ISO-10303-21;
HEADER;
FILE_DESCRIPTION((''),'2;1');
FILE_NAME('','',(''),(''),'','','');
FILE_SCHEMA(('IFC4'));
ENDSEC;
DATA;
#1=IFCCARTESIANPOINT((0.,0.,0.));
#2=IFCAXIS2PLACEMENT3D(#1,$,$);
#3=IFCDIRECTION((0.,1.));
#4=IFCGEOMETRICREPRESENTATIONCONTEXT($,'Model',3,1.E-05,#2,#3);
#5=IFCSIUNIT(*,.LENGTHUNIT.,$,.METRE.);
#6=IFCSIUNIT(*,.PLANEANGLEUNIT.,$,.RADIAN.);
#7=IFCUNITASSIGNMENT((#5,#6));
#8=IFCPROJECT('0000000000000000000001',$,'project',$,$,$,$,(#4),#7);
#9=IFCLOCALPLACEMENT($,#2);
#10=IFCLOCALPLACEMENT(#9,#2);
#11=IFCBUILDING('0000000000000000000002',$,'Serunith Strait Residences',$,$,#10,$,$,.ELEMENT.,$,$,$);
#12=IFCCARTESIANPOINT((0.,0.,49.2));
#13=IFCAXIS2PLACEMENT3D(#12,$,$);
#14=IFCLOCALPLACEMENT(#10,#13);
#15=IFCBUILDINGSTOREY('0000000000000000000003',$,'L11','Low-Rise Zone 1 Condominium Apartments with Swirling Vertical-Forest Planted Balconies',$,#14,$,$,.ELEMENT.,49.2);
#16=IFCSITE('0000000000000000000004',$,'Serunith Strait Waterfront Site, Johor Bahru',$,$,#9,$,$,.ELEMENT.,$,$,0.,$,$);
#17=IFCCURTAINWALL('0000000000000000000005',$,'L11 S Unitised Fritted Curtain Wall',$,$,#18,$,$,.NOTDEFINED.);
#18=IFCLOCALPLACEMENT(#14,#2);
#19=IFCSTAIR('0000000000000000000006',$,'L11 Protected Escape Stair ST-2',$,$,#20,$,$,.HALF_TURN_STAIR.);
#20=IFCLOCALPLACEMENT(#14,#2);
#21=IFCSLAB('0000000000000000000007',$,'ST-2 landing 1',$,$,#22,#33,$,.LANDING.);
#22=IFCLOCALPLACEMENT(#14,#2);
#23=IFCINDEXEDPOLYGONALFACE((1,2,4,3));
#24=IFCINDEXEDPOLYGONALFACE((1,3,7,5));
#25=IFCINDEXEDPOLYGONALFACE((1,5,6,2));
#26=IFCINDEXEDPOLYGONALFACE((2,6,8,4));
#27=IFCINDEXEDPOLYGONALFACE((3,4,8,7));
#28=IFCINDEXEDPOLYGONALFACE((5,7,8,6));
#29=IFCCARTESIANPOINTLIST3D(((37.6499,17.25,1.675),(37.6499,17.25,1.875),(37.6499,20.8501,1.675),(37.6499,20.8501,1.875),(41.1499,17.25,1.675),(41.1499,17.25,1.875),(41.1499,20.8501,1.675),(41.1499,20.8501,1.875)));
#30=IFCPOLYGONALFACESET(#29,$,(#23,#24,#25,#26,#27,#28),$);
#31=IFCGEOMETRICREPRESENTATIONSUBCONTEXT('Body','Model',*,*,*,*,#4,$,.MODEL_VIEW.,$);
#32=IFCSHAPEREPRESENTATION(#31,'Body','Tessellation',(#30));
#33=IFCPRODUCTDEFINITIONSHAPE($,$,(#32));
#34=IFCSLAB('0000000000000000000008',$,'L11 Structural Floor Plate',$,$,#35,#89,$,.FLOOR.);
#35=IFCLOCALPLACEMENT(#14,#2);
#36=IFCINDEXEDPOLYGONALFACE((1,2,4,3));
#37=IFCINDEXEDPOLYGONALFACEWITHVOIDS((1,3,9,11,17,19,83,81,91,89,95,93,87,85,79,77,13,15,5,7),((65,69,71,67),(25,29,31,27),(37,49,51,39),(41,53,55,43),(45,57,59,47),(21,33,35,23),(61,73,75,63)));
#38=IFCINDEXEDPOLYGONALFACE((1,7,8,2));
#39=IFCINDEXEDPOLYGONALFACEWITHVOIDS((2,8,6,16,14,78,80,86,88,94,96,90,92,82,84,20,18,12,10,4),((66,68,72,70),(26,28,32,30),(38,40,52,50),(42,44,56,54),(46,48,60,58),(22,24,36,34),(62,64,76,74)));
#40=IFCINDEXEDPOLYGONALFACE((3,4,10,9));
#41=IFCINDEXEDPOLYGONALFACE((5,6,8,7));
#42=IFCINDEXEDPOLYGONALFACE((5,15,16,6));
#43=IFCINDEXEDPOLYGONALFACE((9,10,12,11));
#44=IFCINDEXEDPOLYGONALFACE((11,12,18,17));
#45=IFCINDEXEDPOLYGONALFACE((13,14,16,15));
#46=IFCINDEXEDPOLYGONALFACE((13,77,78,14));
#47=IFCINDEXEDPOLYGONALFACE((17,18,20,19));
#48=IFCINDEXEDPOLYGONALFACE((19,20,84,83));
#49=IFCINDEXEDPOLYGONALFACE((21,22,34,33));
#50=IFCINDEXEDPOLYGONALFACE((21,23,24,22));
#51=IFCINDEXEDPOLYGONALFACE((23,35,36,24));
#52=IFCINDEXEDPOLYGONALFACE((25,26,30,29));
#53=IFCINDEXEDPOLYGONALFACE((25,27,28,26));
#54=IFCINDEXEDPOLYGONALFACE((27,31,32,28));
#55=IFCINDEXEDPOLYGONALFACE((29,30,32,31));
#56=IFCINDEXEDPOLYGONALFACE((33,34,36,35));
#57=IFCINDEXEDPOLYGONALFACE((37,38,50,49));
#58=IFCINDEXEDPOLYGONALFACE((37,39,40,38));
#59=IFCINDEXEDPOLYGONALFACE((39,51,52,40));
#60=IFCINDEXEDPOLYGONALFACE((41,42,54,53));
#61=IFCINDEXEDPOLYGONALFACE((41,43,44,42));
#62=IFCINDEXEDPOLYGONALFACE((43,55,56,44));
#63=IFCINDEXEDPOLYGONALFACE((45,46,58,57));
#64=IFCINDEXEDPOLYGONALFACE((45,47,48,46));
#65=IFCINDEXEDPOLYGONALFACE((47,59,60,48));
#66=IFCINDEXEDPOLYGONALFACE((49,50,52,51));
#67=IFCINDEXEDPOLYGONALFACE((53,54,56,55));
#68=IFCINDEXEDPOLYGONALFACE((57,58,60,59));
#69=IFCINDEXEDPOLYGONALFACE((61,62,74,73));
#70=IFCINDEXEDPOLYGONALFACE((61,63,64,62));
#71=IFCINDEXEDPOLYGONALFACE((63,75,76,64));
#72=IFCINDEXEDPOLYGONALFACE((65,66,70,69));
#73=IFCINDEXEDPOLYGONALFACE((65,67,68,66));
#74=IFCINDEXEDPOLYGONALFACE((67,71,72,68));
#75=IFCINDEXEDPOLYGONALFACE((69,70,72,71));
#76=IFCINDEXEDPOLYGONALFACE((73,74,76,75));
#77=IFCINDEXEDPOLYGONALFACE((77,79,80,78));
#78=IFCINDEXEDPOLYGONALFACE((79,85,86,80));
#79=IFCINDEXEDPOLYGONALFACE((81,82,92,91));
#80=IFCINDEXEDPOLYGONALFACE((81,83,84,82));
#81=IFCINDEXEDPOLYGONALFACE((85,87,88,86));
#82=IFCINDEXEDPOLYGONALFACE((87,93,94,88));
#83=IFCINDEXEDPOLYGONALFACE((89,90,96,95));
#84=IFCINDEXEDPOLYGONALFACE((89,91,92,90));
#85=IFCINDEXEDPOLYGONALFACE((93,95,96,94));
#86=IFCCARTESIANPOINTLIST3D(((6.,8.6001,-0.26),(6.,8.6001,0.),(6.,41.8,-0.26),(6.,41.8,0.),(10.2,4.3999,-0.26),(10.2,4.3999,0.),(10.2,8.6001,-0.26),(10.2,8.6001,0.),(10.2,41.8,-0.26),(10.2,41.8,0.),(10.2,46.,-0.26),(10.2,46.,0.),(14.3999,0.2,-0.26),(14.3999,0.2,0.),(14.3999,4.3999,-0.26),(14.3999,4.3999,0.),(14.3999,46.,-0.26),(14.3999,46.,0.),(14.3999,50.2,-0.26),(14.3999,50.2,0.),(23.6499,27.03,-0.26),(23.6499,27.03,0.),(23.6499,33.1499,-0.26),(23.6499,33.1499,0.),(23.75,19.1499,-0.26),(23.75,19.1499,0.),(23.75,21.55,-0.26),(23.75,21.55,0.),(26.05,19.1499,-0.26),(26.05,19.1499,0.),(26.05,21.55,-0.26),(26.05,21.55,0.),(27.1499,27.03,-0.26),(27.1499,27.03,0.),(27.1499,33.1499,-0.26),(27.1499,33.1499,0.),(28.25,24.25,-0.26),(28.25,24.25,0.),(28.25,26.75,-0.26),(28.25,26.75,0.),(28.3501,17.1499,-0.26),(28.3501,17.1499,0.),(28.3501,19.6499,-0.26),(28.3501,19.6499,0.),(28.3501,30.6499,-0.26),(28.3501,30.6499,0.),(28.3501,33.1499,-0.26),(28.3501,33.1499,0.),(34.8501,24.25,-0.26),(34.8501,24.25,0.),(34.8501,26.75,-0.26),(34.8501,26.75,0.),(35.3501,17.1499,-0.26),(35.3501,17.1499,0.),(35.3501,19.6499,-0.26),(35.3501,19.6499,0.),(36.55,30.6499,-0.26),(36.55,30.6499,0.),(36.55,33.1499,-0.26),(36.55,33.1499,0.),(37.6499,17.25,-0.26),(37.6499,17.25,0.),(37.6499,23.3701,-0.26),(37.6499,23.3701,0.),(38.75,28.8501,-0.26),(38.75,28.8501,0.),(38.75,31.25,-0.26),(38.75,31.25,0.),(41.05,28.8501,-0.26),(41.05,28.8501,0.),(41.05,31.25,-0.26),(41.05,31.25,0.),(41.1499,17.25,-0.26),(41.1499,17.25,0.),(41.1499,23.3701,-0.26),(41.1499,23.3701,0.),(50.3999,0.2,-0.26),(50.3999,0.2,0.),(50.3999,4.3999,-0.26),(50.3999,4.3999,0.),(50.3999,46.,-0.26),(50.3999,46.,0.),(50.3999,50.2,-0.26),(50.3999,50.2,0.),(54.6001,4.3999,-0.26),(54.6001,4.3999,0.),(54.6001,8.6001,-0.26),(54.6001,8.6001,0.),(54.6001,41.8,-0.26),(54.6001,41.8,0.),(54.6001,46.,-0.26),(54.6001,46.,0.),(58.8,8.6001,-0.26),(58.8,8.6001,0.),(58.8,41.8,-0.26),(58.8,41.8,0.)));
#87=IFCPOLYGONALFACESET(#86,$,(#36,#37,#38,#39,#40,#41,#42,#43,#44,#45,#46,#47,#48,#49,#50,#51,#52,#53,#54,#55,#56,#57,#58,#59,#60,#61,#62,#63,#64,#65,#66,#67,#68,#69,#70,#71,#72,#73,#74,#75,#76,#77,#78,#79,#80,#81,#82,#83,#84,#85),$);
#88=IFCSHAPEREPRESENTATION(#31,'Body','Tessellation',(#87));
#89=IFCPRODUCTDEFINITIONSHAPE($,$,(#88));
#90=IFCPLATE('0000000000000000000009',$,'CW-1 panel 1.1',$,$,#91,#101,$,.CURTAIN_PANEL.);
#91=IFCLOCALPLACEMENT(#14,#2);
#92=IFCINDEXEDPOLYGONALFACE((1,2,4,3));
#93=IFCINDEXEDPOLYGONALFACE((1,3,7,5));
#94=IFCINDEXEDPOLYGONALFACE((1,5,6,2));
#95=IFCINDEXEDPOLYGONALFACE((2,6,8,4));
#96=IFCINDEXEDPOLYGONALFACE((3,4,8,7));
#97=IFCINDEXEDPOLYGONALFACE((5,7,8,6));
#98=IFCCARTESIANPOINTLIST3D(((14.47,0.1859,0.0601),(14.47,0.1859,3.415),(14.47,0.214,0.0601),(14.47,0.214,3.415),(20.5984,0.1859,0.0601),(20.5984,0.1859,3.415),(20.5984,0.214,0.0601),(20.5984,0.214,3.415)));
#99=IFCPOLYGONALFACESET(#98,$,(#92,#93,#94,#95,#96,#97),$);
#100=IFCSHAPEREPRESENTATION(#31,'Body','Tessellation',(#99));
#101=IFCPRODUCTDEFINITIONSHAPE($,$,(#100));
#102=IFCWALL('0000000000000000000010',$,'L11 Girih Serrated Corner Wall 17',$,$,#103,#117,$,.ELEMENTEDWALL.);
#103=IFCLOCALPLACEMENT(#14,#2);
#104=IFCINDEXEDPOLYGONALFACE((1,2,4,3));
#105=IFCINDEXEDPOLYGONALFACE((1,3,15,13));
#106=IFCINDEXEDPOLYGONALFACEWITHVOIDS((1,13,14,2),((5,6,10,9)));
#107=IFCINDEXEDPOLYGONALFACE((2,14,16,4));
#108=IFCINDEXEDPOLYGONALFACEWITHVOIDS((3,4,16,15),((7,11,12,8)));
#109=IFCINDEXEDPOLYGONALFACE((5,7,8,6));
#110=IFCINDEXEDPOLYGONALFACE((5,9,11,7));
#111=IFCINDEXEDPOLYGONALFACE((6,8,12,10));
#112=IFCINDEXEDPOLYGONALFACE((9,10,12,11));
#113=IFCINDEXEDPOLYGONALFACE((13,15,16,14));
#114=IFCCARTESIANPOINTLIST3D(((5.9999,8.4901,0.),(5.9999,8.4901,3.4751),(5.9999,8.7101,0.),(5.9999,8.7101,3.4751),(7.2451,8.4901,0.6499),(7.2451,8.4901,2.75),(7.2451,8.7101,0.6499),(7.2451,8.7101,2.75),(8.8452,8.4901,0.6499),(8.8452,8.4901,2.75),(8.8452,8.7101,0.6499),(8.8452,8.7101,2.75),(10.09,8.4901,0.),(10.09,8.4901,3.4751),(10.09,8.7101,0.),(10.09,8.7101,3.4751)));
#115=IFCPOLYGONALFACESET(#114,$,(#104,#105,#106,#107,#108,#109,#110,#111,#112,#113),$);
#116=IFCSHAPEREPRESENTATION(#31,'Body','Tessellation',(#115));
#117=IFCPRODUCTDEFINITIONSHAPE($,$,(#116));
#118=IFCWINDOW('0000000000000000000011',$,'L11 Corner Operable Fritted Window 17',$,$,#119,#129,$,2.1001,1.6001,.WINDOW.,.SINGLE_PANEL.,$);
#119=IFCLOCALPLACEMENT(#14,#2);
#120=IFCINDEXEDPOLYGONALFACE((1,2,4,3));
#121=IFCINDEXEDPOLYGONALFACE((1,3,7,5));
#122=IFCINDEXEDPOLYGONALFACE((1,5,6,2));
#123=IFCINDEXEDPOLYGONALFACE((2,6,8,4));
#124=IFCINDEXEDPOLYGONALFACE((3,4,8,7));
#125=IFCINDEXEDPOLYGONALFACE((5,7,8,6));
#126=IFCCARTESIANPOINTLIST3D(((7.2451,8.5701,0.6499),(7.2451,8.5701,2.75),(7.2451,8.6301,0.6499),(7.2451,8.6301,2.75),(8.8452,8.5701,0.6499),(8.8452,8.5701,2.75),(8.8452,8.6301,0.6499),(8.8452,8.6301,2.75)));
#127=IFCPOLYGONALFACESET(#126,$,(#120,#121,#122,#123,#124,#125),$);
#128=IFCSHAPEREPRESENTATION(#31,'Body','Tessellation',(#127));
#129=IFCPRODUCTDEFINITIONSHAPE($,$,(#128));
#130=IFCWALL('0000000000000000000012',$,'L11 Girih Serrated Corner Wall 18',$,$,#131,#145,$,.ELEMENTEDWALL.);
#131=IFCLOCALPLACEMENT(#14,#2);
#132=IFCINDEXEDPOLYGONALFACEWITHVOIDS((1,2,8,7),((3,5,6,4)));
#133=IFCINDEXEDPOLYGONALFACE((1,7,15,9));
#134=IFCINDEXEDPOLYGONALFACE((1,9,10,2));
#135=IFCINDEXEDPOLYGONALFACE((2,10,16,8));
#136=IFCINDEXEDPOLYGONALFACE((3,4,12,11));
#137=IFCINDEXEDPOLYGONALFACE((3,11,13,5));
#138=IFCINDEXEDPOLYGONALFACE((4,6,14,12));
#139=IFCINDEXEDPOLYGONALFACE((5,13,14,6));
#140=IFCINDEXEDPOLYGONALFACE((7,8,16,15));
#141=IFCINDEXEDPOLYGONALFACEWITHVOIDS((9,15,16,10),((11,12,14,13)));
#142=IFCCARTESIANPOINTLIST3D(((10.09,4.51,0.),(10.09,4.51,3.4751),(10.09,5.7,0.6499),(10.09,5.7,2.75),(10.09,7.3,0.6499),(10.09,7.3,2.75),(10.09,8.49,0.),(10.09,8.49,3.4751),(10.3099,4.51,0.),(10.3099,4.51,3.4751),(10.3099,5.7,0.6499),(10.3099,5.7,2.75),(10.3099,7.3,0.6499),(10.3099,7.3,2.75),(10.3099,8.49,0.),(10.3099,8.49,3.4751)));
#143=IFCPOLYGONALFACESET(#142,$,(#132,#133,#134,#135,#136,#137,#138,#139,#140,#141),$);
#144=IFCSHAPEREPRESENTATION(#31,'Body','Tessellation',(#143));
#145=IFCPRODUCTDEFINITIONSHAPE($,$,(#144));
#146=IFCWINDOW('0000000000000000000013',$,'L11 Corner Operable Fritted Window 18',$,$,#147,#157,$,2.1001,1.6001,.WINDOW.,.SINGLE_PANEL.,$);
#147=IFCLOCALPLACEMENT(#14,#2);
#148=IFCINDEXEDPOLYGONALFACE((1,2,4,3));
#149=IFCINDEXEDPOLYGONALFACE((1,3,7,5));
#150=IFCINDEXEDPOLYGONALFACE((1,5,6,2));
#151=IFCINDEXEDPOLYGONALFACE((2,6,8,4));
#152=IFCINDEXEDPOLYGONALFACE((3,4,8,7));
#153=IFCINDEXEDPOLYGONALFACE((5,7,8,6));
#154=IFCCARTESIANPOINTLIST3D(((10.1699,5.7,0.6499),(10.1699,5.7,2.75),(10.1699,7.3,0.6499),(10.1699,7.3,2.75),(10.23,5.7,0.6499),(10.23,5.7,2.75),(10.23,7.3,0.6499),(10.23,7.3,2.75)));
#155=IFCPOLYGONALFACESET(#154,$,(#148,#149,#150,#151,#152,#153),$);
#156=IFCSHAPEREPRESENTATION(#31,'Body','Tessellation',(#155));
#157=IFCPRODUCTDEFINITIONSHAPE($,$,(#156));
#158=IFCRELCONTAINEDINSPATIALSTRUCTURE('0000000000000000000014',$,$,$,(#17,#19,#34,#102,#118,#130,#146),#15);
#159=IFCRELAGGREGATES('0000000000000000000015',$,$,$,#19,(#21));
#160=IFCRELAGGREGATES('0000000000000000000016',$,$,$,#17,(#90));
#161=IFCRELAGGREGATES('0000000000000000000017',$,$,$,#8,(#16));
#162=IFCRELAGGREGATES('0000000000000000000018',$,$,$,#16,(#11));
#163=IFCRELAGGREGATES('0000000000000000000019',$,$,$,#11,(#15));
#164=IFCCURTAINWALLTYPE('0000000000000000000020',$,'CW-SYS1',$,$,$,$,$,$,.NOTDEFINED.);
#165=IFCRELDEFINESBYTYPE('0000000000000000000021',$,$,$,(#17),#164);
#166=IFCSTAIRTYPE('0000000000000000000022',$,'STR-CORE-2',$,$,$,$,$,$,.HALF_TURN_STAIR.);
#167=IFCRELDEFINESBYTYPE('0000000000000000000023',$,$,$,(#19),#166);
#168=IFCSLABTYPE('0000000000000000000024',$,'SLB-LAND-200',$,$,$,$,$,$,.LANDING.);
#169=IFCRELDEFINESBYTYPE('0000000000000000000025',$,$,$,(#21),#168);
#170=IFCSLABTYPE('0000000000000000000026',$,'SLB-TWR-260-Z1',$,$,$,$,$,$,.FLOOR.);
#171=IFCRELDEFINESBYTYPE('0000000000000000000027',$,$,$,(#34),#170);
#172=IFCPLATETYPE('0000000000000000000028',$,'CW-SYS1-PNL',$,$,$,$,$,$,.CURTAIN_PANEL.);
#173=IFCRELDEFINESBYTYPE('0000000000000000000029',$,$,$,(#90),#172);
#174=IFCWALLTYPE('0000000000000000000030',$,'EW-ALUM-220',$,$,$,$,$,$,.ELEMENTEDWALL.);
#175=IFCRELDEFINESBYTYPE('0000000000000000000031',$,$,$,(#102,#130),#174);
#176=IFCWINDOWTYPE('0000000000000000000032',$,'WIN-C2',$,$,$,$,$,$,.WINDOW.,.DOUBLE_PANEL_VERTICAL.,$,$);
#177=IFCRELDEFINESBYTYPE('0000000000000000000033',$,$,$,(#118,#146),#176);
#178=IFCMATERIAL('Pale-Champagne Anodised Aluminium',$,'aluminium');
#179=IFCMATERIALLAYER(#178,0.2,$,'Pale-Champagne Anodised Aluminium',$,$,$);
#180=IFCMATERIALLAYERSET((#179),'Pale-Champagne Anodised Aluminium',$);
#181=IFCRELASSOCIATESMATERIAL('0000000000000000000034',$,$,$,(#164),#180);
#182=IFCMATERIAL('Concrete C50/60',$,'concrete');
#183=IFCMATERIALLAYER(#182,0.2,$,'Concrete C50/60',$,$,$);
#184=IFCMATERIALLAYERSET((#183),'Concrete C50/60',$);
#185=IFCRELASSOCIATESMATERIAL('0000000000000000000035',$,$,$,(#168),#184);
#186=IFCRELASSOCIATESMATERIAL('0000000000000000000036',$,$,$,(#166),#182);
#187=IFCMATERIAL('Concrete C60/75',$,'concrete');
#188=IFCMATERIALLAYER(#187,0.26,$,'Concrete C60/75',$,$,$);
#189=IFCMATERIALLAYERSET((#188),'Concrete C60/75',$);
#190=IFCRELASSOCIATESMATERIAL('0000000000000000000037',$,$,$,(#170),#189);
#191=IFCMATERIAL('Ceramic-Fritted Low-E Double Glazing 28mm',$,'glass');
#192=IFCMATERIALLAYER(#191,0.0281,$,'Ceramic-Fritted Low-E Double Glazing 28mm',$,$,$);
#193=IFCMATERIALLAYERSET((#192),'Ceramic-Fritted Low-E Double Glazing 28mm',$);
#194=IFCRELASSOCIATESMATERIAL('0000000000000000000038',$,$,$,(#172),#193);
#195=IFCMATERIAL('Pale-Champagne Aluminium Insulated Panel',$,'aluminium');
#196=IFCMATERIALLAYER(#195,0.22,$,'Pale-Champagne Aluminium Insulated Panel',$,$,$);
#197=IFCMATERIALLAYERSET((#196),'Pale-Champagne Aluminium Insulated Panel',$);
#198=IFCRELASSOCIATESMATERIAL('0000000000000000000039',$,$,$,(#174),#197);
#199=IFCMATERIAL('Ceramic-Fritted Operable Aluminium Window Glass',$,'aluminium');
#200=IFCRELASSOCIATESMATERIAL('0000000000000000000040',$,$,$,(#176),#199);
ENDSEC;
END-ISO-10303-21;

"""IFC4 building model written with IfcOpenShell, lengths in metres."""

from ifc_helpers import new_model, si_unit, direction, frame, frame_2d, origin, origin_2d, place, context, subcontext, project, spatial, polyline, rectangle, outline, extrude, source, transform, mapped, material, layer, layer_set, type_object, element, fill, aggregate, save


model = new_model("IFC4")

# Units and contexts
model_context = context("Model", 3, precision=1e-05, world=origin(), true_north=direction((0.0, 1.0)))
body_context = subcontext(model_context, "Body", "Model", "MODEL_VIEW")
ifc_project = project(units=[si_unit("LENGTHUNIT", "METRE"), si_unit("PLANEANGLEUNIT", "RADIAN")], contexts=[model_context])

# Site, building, storey
site_placement = place(None, origin())
site = spatial("IfcSite", under=ifc_project, at=site_placement, Name="Serunith Strait Waterfront Site, Johor Bahru", CompositionType="ELEMENT", RefElevation=0.0)
building_placement = place(site_placement, origin())
building = spatial("IfcBuilding", under=site, at=building_placement, Name="Serunith Strait Residences", CompositionType="ELEMENT")
storey_placement = place(building_placement, frame((0.0, 0.0, 49.2)))
storey = spatial("IfcBuildingStorey", under=building, at=storey_placement, Name="L11", Description="Low-Rise Zone 1 Condominium Apartments with Swirling Vertical-Forest Planted Balconies", CompositionType="ELEMENT", Elevation=49.2)

# Curtain wall
ifc_material_1 = material(Name="Pale-Champagne Anodised Aluminium", Category="aluminium")
ifc_layer_1 = layer(ifc_material_1, 0.2, Name="Pale-Champagne Anodised Aluminium")
ifc_layer_set_1 = layer_set([ifc_layer_1], Name="Pale-Champagne Anodised Aluminium")
curtain_wall_type = type_object("IfcCurtainWallType", Name="CW-SYS1", PredefinedType="NOTDEFINED", material=ifc_layer_set_1)
curtain_wall_1_placement = place(storey_placement, origin())
curtain_wall_1 = element("IfcCurtainWall", 1, at=curtain_wall_1_placement, inside=storey, type_object=curtain_wall_type, Name="L11 S Unitised Fritted Curtain Wall", PredefinedType="NOTDEFINED")

# Shared definitions
ifc_material_2 = material(Name="Concrete C50/60", Category="concrete")

# Stair, slab
ifc_layer_2 = layer(ifc_material_2, 0.2, Name="Concrete C50/60")
ifc_layer_set_2 = layer_set([ifc_layer_2], Name="Concrete C50/60")
slab_type_1 = type_object("IfcSlabType", Name="SLB-LAND-200", PredefinedType="LANDING", material=ifc_layer_set_2)
stair_type_1 = type_object("IfcStairType", Name="STR-CORE-2", PredefinedType="HALF_TURN_STAIR", material=ifc_material_2)
stair_1_placement = place(storey_placement, origin())
stair_1 = element("IfcStair", 2, at=stair_1_placement, inside=storey, type_object=stair_type_1, Name="L11 Protected Escape Stair ST-2", PredefinedType="HALF_TURN_STAIR")
slab_1_placement = place(storey_placement, frame((0.0, 0.0, 1.675)))
slab_1 = element("IfcSlab", 3, at=slab_1_placement, type_object=slab_type_1, Name="ST-2 landing 1", PredefinedType="LANDING", context=body_context, shape_type="SweptSolid", body=[
    extrude(outline(polyline([(37.6499, 20.8501), (37.6499, 17.25), (41.1499, 17.25), (41.1499, 20.8501), (37.6499, 20.8501)])), origin(), (0.0, 0.0, 1.0), 0.2),
])
aggregate(stair_1, [slab_1])

# Slab
ifc_material_3 = material(Name="Concrete C60/75", Category="concrete")
ifc_layer_3 = layer(ifc_material_3, 0.26, Name="Concrete C60/75")
ifc_layer_set_3 = layer_set([ifc_layer_3], Name="Concrete C60/75")
slab_type_2 = type_object("IfcSlabType", Name="SLB-TWR-260-Z1", PredefinedType="FLOOR", material=ifc_layer_set_3)
slab_2_placement = place(storey_placement, frame((0.0, 0.0, -0.26)))
element("IfcSlab", 4, at=slab_2_placement, inside=storey, type_object=slab_type_2, Name="L11 Structural Floor Plate", PredefinedType="FLOOR", context=body_context, shape_type="SweptSolid", body=[
    extrude(outline(polyline([(14.3999, 4.3999), (10.2, 4.3999), (10.2, 8.6001), (6.0, 8.6001), (6.0, 41.8), (10.2, 41.8), (10.2, 46.0), (14.3999, 46.0), (14.3999, 50.2), (50.3999, 50.2), (50.3999, 46.0), (54.6001, 46.0), (54.6001, 41.8), (58.8, 41.8), (58.8, 8.6001), (54.6001, 8.6001), (54.6001, 4.3999), (50.3999, 4.3999), (50.3999, 0.2), (14.3999, 0.2), (14.3999, 4.3999)]), holes=[polyline([(41.1499, 17.25), (41.1499, 23.3701), (37.6499, 23.3701), (37.6499, 17.25), (41.1499, 17.25)]), polyline([(41.05, 31.25), (38.75, 31.25), (38.75, 28.8501), (41.05, 28.8501), (41.05, 31.25)]), polyline([(36.55, 33.1499), (28.3501, 33.1499), (28.3501, 30.6499), (36.55, 30.6499), (36.55, 33.1499)]), polyline([(28.3501, 19.6499), (28.3501, 17.1499), (35.3501, 17.1499), (35.3501, 19.6499), (28.3501, 19.6499)]), polyline([(34.8501, 26.75), (28.25, 26.75), (28.25, 24.25), (34.8501, 24.25), (34.8501, 26.75)]), polyline([(23.6499, 33.1499), (23.6499, 27.03), (27.1499, 27.03), (27.1499, 33.1499), (23.6499, 33.1499)]), polyline([(26.05, 21.55), (23.75, 21.55), (23.75, 19.1499), (26.05, 19.1499), (26.05, 21.55)])]), origin(), (0.0, 0.0, 1.0), 0.26),
])

# Plate
ifc_material_4 = material(Name="Ceramic-Fritted Low-E Double Glazing 28mm", Category="glass")
ifc_layer_4 = layer(ifc_material_4, 0.0281, Name="Ceramic-Fritted Low-E Double Glazing 28mm")
ifc_layer_set_4 = layer_set([ifc_layer_4], Name="Ceramic-Fritted Low-E Double Glazing 28mm")
plate_type = type_object("IfcPlateType", Name="CW-SYS1-PNL", PredefinedType="CURTAIN_PANEL", material=ifc_layer_set_4)
shared_shape_1 = source(origin(), body_context, "Body", "SweptSolid", [
    extrude(rectangle(XDim=6.1284, YDim=0.0281, at=origin_2d()), origin(), (0.0, 0.0, 1.0), 3.355),
])
plate_placement = place(storey_placement, frame((17.5342, 0.2, 0.0601), z_axis=(0.0, 0.0, 1.0), x_axis=(1.0, 0.0, 0.0)))
plate = element("IfcPlate", 5, at=plate_placement, type_object=plate_type, Name="CW-1 panel 1.1", PredefinedType="CURTAIN_PANEL", context=body_context, shape_type="MappedRepresentation", body=[
    mapped(shared_shape_1, transform((0.0, 0.0, 0.0), scale=1.0)),
])
aggregate(curtain_wall_1, [plate])

# Walls, openings, windows
ifc_material_5 = material(Name="Pale-Champagne Aluminium Insulated Panel", Category="aluminium")
ifc_layer_5 = layer(ifc_material_5, 0.22, Name="Pale-Champagne Aluminium Insulated Panel")
ifc_layer_set_5 = layer_set([ifc_layer_5], Name="Pale-Champagne Aluminium Insulated Panel")
wall_type_1 = type_object("IfcWallType", Name="EW-ALUM-220", PredefinedType="ELEMENTEDWALL", material=ifc_layer_set_5)
wall_1_placement = place(storey_placement, frame((6.0, 8.6001, 0.0), z_axis=(0.0, 0.0, 1.0), x_axis=(1.0, 0.0, 0.0)))
wall_1 = element("IfcWall", 6, at=wall_1_placement, inside=storey, type_object=wall_type_1, Name="L11 Girih Serrated Corner Wall 17", PredefinedType="ELEMENTEDWALL", context=body_context, shape_type="SweptSolid", body=[
    extrude(rectangle(XDim=4.0901, YDim=0.22, at=frame_2d((2.0449, 0.0))), origin(), (0.0, 0.0, 1.0), 3.4751),
])
opening_1_placement = place(wall_1_placement, frame((1.2451, 0.0, 0.6499)))
opening_1 = element("IfcOpeningElement", 7, at=opening_1_placement, cuts=wall_1, PredefinedType="OPENING", context=body_context, shape_type="SweptSolid", body=[
    extrude(rectangle(XDim=1.6001, YDim=2.1001, at=frame_2d((0.8, 1.05))), frame((0.0, 0.1201, 0.0), z_axis=(0.0, -1.0, 0.0), x_axis=(1.0, 0.0, 0.0)), (0.0, 0.0, 1.0), 0.24),
])
ifc_material_6 = material(Name="Ceramic-Fritted Operable Aluminium Window Glass", Category="aluminium")
window_type = type_object("IfcWindowType", Name="WIN-C2", PartitioningType="DOUBLE_PANEL_VERTICAL", PredefinedType="WINDOW", material=ifc_material_6)
shared_shape_2 = source(origin(), body_context, "Body", "SweptSolid", [
    extrude(rectangle(XDim=1.6001, YDim=2.1001, at=frame_2d((0.8, 1.05))), frame((0.0, 0.03, 0.0), z_axis=(0.0, -1.0, 0.0), x_axis=(1.0, 0.0, 0.0)), (0.0, 0.0, 1.0), 0.0601),
])
window_1_placement = place(opening_1_placement, origin())
window_1 = element("IfcWindow", 8, at=window_1_placement, inside=storey, type_object=window_type, Name="L11 Corner Operable Fritted Window 17", OverallHeight=2.1001, OverallWidth=1.6001, PartitioningType="SINGLE_PANEL", PredefinedType="WINDOW", context=body_context, shape_type="MappedRepresentation", body=[
    mapped(shared_shape_2, transform((0.0, 0.0, 0.0), scale=1.0)),
])
fill(opening_1, window_1)
wall_2_placement = place(storey_placement, frame((10.2, 8.49, 0.0), z_axis=(0.0, 0.0, 1.0), x_axis=(0.0, -1.0, 0.0)))
wall_2 = element("IfcWall", 9, at=wall_2_placement, inside=storey, type_object=wall_type_1, Name="L11 Girih Serrated Corner Wall 18", PredefinedType="ELEMENTEDWALL", context=body_context, shape_type="SweptSolid", body=[
    extrude(rectangle(XDim=3.98, YDim=0.22, at=frame_2d((1.99, 0.0))), origin(), (0.0, 0.0, 1.0), 3.4751),
])
opening_2_placement = place(wall_2_placement, frame((1.1899, 0.0, 0.6499)))
opening_2 = element("IfcOpeningElement", 10, at=opening_2_placement, cuts=wall_2, PredefinedType="OPENING", context=body_context, shape_type="SweptSolid", body=[
    extrude(rectangle(XDim=1.6001, YDim=2.1001, at=frame_2d((0.8, 1.05))), frame((0.0, 0.1201, 0.0), z_axis=(0.0, -1.0, 0.0), x_axis=(1.0, 0.0, 0.0)), (0.0, 0.0, 1.0), 0.24),
])
window_2_placement = place(opening_2_placement, origin())
window_2 = element("IfcWindow", 11, at=window_2_placement, inside=storey, type_object=window_type, Name="L11 Corner Operable Fritted Window 18", OverallHeight=2.1001, OverallWidth=1.6001, PartitioningType="SINGLE_PANEL", PredefinedType="WINDOW", context=body_context, shape_type="MappedRepresentation", body=[
    mapped(shared_shape_2, transform((0.0, 0.0, 0.0), scale=1.0)),
])
fill(opening_2, window_2)

save(model, "model.ifc")
